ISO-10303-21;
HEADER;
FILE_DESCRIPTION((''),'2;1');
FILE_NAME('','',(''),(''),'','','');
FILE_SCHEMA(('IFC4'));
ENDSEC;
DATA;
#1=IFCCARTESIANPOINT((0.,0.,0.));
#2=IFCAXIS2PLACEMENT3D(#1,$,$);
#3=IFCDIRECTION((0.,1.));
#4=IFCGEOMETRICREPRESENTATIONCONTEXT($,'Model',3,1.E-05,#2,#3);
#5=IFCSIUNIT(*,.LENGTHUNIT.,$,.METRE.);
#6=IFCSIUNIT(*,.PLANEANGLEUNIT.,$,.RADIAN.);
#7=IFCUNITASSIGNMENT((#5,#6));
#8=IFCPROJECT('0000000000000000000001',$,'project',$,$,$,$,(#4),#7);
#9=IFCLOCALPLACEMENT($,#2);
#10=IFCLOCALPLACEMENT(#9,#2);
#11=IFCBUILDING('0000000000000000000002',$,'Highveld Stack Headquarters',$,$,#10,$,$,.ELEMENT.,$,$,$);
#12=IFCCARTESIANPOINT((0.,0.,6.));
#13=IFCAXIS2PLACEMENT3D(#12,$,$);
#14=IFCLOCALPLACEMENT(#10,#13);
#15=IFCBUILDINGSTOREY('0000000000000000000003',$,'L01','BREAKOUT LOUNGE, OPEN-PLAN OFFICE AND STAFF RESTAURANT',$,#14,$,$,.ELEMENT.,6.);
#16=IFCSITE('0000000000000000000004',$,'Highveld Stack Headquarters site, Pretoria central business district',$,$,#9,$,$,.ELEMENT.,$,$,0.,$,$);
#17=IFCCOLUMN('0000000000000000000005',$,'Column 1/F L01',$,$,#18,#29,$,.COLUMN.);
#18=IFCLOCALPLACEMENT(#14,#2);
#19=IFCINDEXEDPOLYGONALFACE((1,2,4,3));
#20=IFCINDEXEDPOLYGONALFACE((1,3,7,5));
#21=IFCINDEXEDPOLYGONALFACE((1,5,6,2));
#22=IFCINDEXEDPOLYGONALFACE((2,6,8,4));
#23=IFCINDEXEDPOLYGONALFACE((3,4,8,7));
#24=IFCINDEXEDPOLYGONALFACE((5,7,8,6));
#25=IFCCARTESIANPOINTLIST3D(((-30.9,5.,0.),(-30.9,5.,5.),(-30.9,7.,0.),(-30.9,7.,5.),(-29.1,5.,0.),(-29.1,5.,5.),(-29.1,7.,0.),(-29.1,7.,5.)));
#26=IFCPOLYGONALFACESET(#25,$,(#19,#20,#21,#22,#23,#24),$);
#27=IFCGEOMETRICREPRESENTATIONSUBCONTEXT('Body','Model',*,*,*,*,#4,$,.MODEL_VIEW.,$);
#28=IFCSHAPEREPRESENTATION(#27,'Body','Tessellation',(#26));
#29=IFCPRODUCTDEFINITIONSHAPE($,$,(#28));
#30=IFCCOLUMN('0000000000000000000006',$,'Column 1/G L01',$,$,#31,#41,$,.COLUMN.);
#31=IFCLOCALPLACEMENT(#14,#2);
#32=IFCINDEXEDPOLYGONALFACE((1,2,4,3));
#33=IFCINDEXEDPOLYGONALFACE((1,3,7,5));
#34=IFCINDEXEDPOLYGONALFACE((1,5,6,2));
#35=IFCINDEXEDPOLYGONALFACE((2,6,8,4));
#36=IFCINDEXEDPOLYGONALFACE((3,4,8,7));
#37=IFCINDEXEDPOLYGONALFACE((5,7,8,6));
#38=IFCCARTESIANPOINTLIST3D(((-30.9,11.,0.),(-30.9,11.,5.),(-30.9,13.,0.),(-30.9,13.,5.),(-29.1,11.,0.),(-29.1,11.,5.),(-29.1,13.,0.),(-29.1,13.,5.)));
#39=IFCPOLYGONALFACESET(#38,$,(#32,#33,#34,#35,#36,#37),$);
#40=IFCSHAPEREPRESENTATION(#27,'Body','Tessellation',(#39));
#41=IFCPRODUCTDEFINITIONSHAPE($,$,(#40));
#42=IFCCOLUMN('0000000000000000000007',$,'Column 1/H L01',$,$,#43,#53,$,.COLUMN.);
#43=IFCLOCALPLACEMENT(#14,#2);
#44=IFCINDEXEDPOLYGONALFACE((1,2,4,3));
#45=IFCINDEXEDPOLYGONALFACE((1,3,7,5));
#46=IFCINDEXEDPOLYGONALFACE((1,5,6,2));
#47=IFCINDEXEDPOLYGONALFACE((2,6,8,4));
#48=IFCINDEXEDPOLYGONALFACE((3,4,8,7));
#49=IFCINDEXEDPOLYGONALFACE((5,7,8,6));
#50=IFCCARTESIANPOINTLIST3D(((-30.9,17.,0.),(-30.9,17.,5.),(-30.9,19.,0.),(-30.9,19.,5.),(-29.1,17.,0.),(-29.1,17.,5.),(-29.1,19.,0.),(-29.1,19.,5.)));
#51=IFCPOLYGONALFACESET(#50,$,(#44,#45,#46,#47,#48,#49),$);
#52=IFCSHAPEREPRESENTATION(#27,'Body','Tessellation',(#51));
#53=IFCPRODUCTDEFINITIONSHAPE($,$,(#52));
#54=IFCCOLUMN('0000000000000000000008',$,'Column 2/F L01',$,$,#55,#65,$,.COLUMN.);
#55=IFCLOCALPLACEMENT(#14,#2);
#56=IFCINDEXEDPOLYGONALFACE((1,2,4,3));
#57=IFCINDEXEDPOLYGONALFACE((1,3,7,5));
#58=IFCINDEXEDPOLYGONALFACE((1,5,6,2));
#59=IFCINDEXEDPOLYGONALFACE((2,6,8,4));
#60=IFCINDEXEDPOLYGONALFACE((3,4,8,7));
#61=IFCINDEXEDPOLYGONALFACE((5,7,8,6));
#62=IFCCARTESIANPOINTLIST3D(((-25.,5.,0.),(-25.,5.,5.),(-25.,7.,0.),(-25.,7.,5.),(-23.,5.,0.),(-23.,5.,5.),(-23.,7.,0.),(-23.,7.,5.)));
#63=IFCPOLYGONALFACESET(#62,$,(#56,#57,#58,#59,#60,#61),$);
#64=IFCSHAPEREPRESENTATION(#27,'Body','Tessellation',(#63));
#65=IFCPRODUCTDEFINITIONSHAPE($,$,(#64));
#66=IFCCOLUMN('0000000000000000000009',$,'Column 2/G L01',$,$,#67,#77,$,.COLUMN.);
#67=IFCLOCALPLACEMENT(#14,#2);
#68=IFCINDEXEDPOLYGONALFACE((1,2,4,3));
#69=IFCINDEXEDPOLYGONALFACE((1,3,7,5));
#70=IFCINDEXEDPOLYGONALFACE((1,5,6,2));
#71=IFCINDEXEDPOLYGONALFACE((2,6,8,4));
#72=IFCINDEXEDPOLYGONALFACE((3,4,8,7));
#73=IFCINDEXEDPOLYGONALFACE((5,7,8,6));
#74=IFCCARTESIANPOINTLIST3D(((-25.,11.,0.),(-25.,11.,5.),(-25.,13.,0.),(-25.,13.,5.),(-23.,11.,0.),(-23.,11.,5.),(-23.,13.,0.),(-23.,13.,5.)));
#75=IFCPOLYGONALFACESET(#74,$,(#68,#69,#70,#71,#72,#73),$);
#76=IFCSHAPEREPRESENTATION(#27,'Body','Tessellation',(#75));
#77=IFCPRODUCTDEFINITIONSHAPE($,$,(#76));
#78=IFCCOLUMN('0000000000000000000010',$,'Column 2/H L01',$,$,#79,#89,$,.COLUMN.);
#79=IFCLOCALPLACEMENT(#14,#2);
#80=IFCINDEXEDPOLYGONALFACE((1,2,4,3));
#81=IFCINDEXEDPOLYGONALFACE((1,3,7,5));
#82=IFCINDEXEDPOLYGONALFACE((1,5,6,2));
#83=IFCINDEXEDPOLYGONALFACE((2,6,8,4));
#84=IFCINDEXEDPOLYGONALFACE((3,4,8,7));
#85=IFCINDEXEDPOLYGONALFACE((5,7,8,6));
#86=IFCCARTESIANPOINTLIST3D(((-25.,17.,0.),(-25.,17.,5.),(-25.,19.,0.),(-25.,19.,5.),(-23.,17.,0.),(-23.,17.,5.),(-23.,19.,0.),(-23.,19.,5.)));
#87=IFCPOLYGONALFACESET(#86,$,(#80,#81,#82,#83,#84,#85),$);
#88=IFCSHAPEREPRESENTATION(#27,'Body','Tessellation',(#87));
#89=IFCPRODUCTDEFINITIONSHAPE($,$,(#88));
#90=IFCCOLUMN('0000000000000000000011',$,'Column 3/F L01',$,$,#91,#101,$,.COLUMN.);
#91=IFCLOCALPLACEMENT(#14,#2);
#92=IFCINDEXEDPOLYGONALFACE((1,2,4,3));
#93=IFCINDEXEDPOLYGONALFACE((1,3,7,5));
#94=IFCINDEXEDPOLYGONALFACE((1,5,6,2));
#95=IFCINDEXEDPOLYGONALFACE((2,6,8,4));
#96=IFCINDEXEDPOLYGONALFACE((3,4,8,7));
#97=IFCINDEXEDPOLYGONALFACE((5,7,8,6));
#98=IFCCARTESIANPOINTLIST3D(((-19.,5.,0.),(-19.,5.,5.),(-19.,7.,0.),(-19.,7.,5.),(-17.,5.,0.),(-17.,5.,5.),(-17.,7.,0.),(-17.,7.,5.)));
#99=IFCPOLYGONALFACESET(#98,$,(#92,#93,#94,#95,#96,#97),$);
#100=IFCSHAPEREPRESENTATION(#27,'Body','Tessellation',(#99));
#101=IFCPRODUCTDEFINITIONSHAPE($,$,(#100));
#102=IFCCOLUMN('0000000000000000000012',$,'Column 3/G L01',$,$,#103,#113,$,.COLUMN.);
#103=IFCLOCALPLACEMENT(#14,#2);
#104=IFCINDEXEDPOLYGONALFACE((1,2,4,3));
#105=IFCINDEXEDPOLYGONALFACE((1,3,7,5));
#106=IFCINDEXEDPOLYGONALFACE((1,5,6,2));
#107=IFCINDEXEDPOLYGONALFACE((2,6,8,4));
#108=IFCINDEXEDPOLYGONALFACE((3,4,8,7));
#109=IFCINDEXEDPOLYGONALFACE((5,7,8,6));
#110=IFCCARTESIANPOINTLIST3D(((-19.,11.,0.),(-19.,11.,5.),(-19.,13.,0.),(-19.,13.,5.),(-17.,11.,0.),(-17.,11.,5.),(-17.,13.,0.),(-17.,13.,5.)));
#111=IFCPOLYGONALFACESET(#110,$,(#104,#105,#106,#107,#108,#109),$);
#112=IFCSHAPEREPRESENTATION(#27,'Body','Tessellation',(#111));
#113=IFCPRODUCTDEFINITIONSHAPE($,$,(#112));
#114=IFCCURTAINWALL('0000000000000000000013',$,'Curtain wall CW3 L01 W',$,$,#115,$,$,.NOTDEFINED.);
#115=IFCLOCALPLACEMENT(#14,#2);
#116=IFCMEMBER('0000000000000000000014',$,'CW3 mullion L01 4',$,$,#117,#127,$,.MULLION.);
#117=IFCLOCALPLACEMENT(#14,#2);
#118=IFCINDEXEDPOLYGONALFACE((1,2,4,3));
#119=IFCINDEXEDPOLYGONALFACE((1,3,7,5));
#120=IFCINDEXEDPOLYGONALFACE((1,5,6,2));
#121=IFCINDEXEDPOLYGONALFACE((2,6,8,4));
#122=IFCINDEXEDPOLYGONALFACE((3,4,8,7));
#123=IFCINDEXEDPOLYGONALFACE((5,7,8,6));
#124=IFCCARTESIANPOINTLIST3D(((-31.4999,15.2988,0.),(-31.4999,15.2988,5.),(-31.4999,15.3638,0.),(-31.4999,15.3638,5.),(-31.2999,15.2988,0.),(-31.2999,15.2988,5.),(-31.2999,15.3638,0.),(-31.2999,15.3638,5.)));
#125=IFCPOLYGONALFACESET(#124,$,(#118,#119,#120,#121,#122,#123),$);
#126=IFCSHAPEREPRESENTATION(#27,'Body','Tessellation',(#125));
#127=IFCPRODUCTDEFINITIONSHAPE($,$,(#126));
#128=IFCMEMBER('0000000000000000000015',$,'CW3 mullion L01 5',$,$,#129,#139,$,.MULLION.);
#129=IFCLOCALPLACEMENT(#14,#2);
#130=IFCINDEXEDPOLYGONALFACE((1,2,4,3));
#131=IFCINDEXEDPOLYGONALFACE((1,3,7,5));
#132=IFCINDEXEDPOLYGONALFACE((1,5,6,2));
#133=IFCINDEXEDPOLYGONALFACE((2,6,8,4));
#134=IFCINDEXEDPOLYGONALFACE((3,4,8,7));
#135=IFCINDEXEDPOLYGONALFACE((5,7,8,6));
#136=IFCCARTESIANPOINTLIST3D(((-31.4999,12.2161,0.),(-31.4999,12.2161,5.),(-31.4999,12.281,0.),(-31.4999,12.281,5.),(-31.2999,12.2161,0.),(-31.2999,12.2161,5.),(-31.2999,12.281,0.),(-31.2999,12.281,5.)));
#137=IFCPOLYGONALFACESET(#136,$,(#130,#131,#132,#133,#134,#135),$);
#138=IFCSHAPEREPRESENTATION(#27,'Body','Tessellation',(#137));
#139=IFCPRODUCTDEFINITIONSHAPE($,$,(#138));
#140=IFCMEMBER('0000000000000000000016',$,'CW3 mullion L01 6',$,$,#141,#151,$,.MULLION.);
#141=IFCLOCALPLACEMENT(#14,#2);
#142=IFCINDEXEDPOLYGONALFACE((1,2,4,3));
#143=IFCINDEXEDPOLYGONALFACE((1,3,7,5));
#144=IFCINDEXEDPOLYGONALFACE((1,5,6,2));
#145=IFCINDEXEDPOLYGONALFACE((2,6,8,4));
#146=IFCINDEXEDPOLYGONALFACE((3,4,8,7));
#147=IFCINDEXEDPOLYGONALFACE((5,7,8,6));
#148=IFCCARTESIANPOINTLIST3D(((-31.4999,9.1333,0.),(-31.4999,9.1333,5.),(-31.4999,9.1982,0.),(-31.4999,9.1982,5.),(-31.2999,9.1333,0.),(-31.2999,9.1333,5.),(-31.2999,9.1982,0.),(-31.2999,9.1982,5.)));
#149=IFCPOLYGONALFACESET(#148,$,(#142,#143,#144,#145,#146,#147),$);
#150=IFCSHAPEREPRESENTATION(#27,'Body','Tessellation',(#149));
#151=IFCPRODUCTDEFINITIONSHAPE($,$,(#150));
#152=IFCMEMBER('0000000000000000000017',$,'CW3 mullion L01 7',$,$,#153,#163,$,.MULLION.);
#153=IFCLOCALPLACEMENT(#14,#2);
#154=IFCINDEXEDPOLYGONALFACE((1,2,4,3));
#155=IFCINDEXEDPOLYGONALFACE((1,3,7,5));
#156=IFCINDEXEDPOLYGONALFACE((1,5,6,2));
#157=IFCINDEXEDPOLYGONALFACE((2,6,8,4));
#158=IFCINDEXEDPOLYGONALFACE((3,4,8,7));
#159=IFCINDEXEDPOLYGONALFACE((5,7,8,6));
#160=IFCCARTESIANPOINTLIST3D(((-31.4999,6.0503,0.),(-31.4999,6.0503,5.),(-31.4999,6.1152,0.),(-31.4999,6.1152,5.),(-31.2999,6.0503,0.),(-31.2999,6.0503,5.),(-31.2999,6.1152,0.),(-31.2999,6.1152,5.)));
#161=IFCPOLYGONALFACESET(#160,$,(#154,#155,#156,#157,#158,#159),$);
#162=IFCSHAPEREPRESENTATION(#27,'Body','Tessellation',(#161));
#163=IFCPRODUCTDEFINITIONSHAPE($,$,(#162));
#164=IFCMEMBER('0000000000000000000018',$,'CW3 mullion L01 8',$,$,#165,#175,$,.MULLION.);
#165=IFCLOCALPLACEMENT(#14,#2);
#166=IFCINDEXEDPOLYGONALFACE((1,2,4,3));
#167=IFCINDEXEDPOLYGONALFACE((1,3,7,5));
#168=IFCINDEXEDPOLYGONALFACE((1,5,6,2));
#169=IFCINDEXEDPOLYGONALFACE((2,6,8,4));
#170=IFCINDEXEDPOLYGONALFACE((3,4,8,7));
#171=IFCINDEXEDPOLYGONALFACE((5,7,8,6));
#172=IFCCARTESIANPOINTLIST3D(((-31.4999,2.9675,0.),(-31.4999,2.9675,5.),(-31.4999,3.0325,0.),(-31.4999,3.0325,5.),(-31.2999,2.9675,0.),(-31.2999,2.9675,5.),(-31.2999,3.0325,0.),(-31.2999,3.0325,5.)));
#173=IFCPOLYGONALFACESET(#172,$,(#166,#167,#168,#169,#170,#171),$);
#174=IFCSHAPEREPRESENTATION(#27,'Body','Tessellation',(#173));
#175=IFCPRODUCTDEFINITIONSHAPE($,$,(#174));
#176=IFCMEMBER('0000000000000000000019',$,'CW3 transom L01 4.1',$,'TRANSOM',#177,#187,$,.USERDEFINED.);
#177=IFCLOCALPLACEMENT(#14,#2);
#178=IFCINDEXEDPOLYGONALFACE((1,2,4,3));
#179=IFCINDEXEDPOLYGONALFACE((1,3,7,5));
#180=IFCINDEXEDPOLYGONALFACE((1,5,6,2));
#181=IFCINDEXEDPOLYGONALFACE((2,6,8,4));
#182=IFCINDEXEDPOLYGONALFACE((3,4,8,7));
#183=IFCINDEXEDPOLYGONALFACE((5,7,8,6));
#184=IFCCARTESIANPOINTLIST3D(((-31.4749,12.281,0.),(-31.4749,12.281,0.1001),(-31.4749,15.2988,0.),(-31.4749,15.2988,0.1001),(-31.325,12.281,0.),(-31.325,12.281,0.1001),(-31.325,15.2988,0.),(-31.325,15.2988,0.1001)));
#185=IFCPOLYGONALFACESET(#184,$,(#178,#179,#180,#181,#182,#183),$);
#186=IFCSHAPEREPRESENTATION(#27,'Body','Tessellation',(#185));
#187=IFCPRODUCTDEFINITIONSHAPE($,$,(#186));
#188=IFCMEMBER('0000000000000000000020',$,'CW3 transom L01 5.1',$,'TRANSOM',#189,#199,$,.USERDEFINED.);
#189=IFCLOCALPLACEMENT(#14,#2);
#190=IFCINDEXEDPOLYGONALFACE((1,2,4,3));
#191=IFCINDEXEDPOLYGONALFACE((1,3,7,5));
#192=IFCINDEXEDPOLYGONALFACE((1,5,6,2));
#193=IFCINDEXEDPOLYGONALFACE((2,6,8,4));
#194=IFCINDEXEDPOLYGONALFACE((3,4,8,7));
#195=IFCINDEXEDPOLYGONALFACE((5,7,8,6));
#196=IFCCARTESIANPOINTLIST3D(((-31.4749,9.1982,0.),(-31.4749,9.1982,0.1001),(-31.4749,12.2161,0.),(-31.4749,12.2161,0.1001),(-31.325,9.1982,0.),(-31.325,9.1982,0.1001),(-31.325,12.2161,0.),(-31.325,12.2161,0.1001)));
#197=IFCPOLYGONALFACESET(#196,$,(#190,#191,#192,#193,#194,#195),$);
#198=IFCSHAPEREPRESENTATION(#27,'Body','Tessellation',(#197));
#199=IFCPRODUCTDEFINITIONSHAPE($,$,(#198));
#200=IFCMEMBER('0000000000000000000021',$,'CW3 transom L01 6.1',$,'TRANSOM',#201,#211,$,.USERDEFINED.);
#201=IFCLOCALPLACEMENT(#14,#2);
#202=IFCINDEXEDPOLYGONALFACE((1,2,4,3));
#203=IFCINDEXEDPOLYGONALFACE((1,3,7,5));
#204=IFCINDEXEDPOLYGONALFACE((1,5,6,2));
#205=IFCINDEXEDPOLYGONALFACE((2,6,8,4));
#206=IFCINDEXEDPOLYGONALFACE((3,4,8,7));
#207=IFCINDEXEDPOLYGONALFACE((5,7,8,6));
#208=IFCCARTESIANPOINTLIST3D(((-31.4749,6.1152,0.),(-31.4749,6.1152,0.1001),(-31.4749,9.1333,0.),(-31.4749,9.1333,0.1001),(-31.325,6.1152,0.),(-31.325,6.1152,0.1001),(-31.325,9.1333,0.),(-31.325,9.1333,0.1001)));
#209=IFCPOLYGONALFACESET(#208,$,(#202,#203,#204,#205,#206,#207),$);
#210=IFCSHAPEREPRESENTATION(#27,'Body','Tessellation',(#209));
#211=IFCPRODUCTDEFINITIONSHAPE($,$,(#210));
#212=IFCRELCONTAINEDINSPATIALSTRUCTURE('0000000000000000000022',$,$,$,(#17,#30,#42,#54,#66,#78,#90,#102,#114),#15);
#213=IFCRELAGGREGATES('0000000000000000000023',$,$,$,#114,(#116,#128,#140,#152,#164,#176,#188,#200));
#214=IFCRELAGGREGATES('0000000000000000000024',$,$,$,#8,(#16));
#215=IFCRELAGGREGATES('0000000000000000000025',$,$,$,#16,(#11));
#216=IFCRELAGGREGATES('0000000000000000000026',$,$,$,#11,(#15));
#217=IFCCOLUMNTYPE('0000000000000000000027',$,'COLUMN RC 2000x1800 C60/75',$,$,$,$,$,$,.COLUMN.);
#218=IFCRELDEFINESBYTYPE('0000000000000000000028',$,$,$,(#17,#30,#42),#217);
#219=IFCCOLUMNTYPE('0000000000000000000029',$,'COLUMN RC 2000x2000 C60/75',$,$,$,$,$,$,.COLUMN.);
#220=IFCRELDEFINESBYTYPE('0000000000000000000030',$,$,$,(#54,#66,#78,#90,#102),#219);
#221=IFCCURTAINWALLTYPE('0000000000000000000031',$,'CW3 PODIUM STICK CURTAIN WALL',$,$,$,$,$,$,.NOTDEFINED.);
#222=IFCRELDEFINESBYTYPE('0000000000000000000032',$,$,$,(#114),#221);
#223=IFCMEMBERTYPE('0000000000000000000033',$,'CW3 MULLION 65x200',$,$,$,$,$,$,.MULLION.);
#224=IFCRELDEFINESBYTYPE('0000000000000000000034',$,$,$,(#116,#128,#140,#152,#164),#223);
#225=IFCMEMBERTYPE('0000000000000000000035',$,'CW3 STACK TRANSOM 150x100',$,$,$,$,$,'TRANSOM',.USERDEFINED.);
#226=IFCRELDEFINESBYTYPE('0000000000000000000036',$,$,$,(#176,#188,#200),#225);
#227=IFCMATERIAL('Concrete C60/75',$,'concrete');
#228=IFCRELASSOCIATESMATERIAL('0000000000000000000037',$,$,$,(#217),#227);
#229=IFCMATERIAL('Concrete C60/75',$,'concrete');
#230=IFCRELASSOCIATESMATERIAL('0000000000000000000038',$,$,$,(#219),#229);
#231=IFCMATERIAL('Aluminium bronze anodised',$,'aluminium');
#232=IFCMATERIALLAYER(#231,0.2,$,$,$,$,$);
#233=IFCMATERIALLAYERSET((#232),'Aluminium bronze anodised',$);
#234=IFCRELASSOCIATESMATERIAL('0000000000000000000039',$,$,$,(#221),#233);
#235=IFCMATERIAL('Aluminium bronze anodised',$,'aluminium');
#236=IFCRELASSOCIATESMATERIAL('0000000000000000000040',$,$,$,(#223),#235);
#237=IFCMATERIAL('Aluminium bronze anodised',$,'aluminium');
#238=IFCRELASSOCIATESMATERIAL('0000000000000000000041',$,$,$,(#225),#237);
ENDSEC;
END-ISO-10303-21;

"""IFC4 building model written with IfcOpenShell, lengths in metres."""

from ifc_helpers import new_model, si_unit, direction, frame, origin, origin_2d, place, context, subcontext, project, spatial, rectangle, extrude, material, layer, layer_set, material_profile, profile_set, type_object, element, aggregate, save


model = new_model("IFC4")

# Units and contexts
model_context = context("Model", 3, precision=1e-05, world=origin(), true_north=direction((0.0, 1.0)))
body_context = subcontext(model_context, "Body", "Model", "MODEL_VIEW")
ifc_project = project(units=[si_unit("LENGTHUNIT", "METRE"), si_unit("PLANEANGLEUNIT", "RADIAN")], contexts=[model_context])

# Site, building, storey
site_placement = place(None, origin())
site = spatial("IfcSite", under=ifc_project, at=site_placement, Name="Highveld Stack Headquarters site, Pretoria central business district", CompositionType="ELEMENT", RefElevation=0.0)
building_placement = place(site_placement, origin())
building = spatial("IfcBuilding", under=site, at=building_placement, Name="Highveld Stack Headquarters", CompositionType="ELEMENT")
storey_placement = place(building_placement, frame((0.0, 0.0, 6.0)))
storey = spatial("IfcBuildingStorey", under=building, at=storey_placement, Name="L01", Description="BREAKOUT LOUNGE, OPEN-PLAN OFFICE AND STAFF RESTAURANT", CompositionType="ELEMENT", Elevation=6.0)

# Columns
ifc_material_1 = material(Name="Concrete C60/75", Category="concrete")
ifc_material_profile_1 = material_profile(ifc_material_1, rectangle(XDim=2.0, YDim=1.8, at=origin_2d()), Name="RC 2000x1800")
ifc_profile_set_1 = profile_set([ifc_material_profile_1], Name="Concrete C60/75")
column_type_1 = type_object("IfcColumnType", Name="COLUMN RC 2000x1800 C60/75", PredefinedType="COLUMN", material=ifc_profile_set_1)
for number, where, z_axis, x_axis, name in (
    (1, (-30.0, 6.0, 0.0), (0.0, 0.0, 1.0), (0.0, 1.0, 0.0), "Column 1/F L01"),
    (2, (-30.0, 12.0, 0.0), (0.0, 0.0, 1.0), (0.0, 1.0, 0.0), "Column 1/G L01"),
    (3, (-30.0, 18.0, 0.0), (0.0, 0.0, 1.0), (0.0, 1.0, 0.0), "Column 1/H L01"),
):
    element("IfcColumn", number, at=place(storey_placement, frame(where, z_axis=z_axis, x_axis=x_axis)), inside=storey, type_object=column_type_1, Name=name, PredefinedType="COLUMN", context=body_context, shape_type="SweptSolid", body=[
        extrude(rectangle(XDim=2.0, YDim=1.8, at=origin_2d()), origin(), (0.0, 0.0, 1.0), 5.0),
    ])
ifc_material_2 = material(Name="Concrete C60/75", Category="concrete")
ifc_material_profile_2 = material_profile(ifc_material_2, rectangle(XDim=2.0, YDim=2.0, at=origin_2d()), Name="RC 2000x2000")
ifc_profile_set_2 = profile_set([ifc_material_profile_2], Name="Concrete C60/75")
column_type_2 = type_object("IfcColumnType", Name="COLUMN RC 2000x2000 C60/75", PredefinedType="COLUMN", material=ifc_profile_set_2)
for number, where, z_axis, x_axis, name in (
    (4, (-24.0, 6.0, 0.0), (0.0, 0.0, 1.0), (1.0, 0.0, 0.0), "Column 2/F L01"),
    (5, (-24.0, 12.0, 0.0), (0.0, 0.0, 1.0), (1.0, 0.0, 0.0), "Column 2/G L01"),
    (6, (-24.0, 18.0, 0.0), (0.0, 0.0, 1.0), (1.0, 0.0, 0.0), "Column 2/H L01"),
    (7, (-18.0, 6.0, 0.0), (0.0, 0.0, 1.0), (1.0, 0.0, 0.0), "Column 3/F L01"),
    (8, (-18.0, 12.0, 0.0), (0.0, 0.0, 1.0), (1.0, 0.0, 0.0), "Column 3/G L01"),
):
    element("IfcColumn", number, at=place(storey_placement, frame(where, z_axis=z_axis, x_axis=x_axis)), inside=storey, type_object=column_type_2, Name=name, PredefinedType="COLUMN", context=body_context, shape_type="SweptSolid", body=[
        extrude(rectangle(XDim=2.0, YDim=2.0, at=origin_2d()), origin(), (0.0, 0.0, 1.0), 5.0),
    ])

# Curtain wall, members
ifc_material_3 = material(Name="Aluminium bronze anodised", Category="aluminium")
ifc_layer_1 = layer(ifc_material_3, 0.2)
ifc_layer_set_1 = layer_set([ifc_layer_1], Name="Aluminium bronze anodised")
curtain_wall_type = type_object("IfcCurtainWallType", Name="CW3 PODIUM STICK CURTAIN WALL", PredefinedType="NOTDEFINED", material=ifc_layer_set_1)
curtain_wall_placement = place(storey_placement, origin())
curtain_wall = element("IfcCurtainWall", 9, at=curtain_wall_placement, inside=storey, type_object=curtain_wall_type, Name="Curtain wall CW3 L01 W", PredefinedType="NOTDEFINED")
ifc_material_4 = material(Name="Aluminium bronze anodised", Category="aluminium")
ifc_material_profile_3 = material_profile(ifc_material_4, rectangle(XDim=0.2, YDim=0.0649, at=origin_2d()), Name="CW3 MULLION 65x200")
ifc_profile_set_3 = profile_set([ifc_material_profile_3], Name="Aluminium bronze anodised")
member_type_1 = type_object("IfcMemberType", Name="CW3 MULLION 65x200", PredefinedType="MULLION", material=ifc_profile_set_3)
member_1_placement = place(storey_placement, frame((-31.3999, 15.3313, 0.0), z_axis=(0.0, 0.0, 1.0), x_axis=(1.0, 0.0, 0.0)))
member_1 = element("IfcMember", 10, at=member_1_placement, type_object=member_type_1, Name="CW3 mullion L01 4", PredefinedType="MULLION", context=body_context, shape_type="SweptSolid", body=[
    extrude(rectangle(XDim=0.2, YDim=0.0649, at=origin_2d()), origin(), (0.0, 0.0, 1.0), 5.0),
])
member_2_placement = place(storey_placement, frame((-31.3999, 12.2485, 0.0), z_axis=(0.0, 0.0, 1.0), x_axis=(1.0, 0.0, 0.0)))
member_2 = element("IfcMember", 11, at=member_2_placement, type_object=member_type_1, Name="CW3 mullion L01 5", PredefinedType="MULLION", context=body_context, shape_type="SweptSolid", body=[
    extrude(rectangle(XDim=0.2, YDim=0.0649, at=origin_2d()), origin(), (0.0, 0.0, 1.0), 5.0),
])
member_3_placement = place(storey_placement, frame((-31.3999, 9.1658, 0.0), z_axis=(0.0, 0.0, 1.0), x_axis=(1.0, 0.0, 0.0)))
member_3 = element("IfcMember", 12, at=member_3_placement, type_object=member_type_1, Name="CW3 mullion L01 6", PredefinedType="MULLION", context=body_context, shape_type="SweptSolid", body=[
    extrude(rectangle(XDim=0.2, YDim=0.0649, at=origin_2d()), origin(), (0.0, 0.0, 1.0), 5.0),
])
member_4_placement = place(storey_placement, frame((-31.3999, 6.0828, 0.0), z_axis=(0.0, 0.0, 1.0), x_axis=(1.0, 0.0, 0.0)))
member_4 = element("IfcMember", 13, at=member_4_placement, type_object=member_type_1, Name="CW3 mullion L01 7", PredefinedType="MULLION", context=body_context, shape_type="SweptSolid", body=[
    extrude(rectangle(XDim=0.2, YDim=0.0649, at=origin_2d()), origin(), (0.0, 0.0, 1.0), 5.0),
])
member_5_placement = place(storey_placement, frame((-31.3999, 3.0, 0.0), z_axis=(0.0, 0.0, 1.0), x_axis=(1.0, 0.0, 0.0)))
member_5 = element("IfcMember", 14, at=member_5_placement, type_object=member_type_1, Name="CW3 mullion L01 8", PredefinedType="MULLION", context=body_context, shape_type="SweptSolid", body=[
    extrude(rectangle(XDim=0.2, YDim=0.0649, at=origin_2d()), origin(), (0.0, 0.0, 1.0), 5.0),
])
ifc_material_5 = material(Name="Aluminium bronze anodised", Category="aluminium")
ifc_material_profile_4 = material_profile(ifc_material_5, rectangle(XDim=0.1499, YDim=0.1001, at=origin_2d()), Name="CW3 TRANSOM 150x100")
ifc_profile_set_4 = profile_set([ifc_material_profile_4], Name="Aluminium bronze anodised")
member_type_2 = type_object("IfcMemberType", Name="CW3 STACK TRANSOM 150x100", ElementType="TRANSOM", PredefinedType="USERDEFINED", material=ifc_profile_set_4)
member_6_placement = place(storey_placement, frame((-31.3999, 15.2988, 0.05), z_axis=(0.0, -1.0, 0.0), x_axis=(1.0, 0.0, 0.0)))
member_6 = element("IfcMember", 15, at=member_6_placement, type_object=member_type_2, Name="CW3 transom L01 4.1", ObjectType="TRANSOM", PredefinedType="USERDEFINED", context=body_context, shape_type="SweptSolid", body=[
    extrude(rectangle(XDim=0.1499, YDim=0.1001, at=origin_2d()), origin(), (0.0, 0.0, 1.0), 3.0178),
])
member_7_placement = place(storey_placement, frame((-31.3999, 12.2161, 0.05), z_axis=(0.0, -1.0, 0.0), x_axis=(1.0, 0.0, 0.0)))
member_7 = element("IfcMember", 16, at=member_7_placement, type_object=member_type_2, Name="CW3 transom L01 5.1", ObjectType="TRANSOM", PredefinedType="USERDEFINED", context=body_context, shape_type="SweptSolid", body=[
    extrude(rectangle(XDim=0.1499, YDim=0.1001, at=origin_2d()), origin(), (0.0, 0.0, 1.0), 3.0178),
])
member_8_placement = place(storey_placement, frame((-31.3999, 9.1333, 0.05), z_axis=(0.0, -1.0, 0.0), x_axis=(1.0, 0.0, 0.0)))
member_8 = element("IfcMember", 17, at=member_8_placement, type_object=member_type_2, Name="CW3 transom L01 6.1", ObjectType="TRANSOM", PredefinedType="USERDEFINED", context=body_context, shape_type="SweptSolid", body=[
    extrude(rectangle(XDim=0.1499, YDim=0.1001, at=origin_2d()), origin(), (0.0, 0.0, 1.0), 3.0181),
])
aggregate(curtain_wall, [member_1, member_2, member_3, member_4, member_5, member_6, member_7, member_8])

save(model, "model.ifc")
